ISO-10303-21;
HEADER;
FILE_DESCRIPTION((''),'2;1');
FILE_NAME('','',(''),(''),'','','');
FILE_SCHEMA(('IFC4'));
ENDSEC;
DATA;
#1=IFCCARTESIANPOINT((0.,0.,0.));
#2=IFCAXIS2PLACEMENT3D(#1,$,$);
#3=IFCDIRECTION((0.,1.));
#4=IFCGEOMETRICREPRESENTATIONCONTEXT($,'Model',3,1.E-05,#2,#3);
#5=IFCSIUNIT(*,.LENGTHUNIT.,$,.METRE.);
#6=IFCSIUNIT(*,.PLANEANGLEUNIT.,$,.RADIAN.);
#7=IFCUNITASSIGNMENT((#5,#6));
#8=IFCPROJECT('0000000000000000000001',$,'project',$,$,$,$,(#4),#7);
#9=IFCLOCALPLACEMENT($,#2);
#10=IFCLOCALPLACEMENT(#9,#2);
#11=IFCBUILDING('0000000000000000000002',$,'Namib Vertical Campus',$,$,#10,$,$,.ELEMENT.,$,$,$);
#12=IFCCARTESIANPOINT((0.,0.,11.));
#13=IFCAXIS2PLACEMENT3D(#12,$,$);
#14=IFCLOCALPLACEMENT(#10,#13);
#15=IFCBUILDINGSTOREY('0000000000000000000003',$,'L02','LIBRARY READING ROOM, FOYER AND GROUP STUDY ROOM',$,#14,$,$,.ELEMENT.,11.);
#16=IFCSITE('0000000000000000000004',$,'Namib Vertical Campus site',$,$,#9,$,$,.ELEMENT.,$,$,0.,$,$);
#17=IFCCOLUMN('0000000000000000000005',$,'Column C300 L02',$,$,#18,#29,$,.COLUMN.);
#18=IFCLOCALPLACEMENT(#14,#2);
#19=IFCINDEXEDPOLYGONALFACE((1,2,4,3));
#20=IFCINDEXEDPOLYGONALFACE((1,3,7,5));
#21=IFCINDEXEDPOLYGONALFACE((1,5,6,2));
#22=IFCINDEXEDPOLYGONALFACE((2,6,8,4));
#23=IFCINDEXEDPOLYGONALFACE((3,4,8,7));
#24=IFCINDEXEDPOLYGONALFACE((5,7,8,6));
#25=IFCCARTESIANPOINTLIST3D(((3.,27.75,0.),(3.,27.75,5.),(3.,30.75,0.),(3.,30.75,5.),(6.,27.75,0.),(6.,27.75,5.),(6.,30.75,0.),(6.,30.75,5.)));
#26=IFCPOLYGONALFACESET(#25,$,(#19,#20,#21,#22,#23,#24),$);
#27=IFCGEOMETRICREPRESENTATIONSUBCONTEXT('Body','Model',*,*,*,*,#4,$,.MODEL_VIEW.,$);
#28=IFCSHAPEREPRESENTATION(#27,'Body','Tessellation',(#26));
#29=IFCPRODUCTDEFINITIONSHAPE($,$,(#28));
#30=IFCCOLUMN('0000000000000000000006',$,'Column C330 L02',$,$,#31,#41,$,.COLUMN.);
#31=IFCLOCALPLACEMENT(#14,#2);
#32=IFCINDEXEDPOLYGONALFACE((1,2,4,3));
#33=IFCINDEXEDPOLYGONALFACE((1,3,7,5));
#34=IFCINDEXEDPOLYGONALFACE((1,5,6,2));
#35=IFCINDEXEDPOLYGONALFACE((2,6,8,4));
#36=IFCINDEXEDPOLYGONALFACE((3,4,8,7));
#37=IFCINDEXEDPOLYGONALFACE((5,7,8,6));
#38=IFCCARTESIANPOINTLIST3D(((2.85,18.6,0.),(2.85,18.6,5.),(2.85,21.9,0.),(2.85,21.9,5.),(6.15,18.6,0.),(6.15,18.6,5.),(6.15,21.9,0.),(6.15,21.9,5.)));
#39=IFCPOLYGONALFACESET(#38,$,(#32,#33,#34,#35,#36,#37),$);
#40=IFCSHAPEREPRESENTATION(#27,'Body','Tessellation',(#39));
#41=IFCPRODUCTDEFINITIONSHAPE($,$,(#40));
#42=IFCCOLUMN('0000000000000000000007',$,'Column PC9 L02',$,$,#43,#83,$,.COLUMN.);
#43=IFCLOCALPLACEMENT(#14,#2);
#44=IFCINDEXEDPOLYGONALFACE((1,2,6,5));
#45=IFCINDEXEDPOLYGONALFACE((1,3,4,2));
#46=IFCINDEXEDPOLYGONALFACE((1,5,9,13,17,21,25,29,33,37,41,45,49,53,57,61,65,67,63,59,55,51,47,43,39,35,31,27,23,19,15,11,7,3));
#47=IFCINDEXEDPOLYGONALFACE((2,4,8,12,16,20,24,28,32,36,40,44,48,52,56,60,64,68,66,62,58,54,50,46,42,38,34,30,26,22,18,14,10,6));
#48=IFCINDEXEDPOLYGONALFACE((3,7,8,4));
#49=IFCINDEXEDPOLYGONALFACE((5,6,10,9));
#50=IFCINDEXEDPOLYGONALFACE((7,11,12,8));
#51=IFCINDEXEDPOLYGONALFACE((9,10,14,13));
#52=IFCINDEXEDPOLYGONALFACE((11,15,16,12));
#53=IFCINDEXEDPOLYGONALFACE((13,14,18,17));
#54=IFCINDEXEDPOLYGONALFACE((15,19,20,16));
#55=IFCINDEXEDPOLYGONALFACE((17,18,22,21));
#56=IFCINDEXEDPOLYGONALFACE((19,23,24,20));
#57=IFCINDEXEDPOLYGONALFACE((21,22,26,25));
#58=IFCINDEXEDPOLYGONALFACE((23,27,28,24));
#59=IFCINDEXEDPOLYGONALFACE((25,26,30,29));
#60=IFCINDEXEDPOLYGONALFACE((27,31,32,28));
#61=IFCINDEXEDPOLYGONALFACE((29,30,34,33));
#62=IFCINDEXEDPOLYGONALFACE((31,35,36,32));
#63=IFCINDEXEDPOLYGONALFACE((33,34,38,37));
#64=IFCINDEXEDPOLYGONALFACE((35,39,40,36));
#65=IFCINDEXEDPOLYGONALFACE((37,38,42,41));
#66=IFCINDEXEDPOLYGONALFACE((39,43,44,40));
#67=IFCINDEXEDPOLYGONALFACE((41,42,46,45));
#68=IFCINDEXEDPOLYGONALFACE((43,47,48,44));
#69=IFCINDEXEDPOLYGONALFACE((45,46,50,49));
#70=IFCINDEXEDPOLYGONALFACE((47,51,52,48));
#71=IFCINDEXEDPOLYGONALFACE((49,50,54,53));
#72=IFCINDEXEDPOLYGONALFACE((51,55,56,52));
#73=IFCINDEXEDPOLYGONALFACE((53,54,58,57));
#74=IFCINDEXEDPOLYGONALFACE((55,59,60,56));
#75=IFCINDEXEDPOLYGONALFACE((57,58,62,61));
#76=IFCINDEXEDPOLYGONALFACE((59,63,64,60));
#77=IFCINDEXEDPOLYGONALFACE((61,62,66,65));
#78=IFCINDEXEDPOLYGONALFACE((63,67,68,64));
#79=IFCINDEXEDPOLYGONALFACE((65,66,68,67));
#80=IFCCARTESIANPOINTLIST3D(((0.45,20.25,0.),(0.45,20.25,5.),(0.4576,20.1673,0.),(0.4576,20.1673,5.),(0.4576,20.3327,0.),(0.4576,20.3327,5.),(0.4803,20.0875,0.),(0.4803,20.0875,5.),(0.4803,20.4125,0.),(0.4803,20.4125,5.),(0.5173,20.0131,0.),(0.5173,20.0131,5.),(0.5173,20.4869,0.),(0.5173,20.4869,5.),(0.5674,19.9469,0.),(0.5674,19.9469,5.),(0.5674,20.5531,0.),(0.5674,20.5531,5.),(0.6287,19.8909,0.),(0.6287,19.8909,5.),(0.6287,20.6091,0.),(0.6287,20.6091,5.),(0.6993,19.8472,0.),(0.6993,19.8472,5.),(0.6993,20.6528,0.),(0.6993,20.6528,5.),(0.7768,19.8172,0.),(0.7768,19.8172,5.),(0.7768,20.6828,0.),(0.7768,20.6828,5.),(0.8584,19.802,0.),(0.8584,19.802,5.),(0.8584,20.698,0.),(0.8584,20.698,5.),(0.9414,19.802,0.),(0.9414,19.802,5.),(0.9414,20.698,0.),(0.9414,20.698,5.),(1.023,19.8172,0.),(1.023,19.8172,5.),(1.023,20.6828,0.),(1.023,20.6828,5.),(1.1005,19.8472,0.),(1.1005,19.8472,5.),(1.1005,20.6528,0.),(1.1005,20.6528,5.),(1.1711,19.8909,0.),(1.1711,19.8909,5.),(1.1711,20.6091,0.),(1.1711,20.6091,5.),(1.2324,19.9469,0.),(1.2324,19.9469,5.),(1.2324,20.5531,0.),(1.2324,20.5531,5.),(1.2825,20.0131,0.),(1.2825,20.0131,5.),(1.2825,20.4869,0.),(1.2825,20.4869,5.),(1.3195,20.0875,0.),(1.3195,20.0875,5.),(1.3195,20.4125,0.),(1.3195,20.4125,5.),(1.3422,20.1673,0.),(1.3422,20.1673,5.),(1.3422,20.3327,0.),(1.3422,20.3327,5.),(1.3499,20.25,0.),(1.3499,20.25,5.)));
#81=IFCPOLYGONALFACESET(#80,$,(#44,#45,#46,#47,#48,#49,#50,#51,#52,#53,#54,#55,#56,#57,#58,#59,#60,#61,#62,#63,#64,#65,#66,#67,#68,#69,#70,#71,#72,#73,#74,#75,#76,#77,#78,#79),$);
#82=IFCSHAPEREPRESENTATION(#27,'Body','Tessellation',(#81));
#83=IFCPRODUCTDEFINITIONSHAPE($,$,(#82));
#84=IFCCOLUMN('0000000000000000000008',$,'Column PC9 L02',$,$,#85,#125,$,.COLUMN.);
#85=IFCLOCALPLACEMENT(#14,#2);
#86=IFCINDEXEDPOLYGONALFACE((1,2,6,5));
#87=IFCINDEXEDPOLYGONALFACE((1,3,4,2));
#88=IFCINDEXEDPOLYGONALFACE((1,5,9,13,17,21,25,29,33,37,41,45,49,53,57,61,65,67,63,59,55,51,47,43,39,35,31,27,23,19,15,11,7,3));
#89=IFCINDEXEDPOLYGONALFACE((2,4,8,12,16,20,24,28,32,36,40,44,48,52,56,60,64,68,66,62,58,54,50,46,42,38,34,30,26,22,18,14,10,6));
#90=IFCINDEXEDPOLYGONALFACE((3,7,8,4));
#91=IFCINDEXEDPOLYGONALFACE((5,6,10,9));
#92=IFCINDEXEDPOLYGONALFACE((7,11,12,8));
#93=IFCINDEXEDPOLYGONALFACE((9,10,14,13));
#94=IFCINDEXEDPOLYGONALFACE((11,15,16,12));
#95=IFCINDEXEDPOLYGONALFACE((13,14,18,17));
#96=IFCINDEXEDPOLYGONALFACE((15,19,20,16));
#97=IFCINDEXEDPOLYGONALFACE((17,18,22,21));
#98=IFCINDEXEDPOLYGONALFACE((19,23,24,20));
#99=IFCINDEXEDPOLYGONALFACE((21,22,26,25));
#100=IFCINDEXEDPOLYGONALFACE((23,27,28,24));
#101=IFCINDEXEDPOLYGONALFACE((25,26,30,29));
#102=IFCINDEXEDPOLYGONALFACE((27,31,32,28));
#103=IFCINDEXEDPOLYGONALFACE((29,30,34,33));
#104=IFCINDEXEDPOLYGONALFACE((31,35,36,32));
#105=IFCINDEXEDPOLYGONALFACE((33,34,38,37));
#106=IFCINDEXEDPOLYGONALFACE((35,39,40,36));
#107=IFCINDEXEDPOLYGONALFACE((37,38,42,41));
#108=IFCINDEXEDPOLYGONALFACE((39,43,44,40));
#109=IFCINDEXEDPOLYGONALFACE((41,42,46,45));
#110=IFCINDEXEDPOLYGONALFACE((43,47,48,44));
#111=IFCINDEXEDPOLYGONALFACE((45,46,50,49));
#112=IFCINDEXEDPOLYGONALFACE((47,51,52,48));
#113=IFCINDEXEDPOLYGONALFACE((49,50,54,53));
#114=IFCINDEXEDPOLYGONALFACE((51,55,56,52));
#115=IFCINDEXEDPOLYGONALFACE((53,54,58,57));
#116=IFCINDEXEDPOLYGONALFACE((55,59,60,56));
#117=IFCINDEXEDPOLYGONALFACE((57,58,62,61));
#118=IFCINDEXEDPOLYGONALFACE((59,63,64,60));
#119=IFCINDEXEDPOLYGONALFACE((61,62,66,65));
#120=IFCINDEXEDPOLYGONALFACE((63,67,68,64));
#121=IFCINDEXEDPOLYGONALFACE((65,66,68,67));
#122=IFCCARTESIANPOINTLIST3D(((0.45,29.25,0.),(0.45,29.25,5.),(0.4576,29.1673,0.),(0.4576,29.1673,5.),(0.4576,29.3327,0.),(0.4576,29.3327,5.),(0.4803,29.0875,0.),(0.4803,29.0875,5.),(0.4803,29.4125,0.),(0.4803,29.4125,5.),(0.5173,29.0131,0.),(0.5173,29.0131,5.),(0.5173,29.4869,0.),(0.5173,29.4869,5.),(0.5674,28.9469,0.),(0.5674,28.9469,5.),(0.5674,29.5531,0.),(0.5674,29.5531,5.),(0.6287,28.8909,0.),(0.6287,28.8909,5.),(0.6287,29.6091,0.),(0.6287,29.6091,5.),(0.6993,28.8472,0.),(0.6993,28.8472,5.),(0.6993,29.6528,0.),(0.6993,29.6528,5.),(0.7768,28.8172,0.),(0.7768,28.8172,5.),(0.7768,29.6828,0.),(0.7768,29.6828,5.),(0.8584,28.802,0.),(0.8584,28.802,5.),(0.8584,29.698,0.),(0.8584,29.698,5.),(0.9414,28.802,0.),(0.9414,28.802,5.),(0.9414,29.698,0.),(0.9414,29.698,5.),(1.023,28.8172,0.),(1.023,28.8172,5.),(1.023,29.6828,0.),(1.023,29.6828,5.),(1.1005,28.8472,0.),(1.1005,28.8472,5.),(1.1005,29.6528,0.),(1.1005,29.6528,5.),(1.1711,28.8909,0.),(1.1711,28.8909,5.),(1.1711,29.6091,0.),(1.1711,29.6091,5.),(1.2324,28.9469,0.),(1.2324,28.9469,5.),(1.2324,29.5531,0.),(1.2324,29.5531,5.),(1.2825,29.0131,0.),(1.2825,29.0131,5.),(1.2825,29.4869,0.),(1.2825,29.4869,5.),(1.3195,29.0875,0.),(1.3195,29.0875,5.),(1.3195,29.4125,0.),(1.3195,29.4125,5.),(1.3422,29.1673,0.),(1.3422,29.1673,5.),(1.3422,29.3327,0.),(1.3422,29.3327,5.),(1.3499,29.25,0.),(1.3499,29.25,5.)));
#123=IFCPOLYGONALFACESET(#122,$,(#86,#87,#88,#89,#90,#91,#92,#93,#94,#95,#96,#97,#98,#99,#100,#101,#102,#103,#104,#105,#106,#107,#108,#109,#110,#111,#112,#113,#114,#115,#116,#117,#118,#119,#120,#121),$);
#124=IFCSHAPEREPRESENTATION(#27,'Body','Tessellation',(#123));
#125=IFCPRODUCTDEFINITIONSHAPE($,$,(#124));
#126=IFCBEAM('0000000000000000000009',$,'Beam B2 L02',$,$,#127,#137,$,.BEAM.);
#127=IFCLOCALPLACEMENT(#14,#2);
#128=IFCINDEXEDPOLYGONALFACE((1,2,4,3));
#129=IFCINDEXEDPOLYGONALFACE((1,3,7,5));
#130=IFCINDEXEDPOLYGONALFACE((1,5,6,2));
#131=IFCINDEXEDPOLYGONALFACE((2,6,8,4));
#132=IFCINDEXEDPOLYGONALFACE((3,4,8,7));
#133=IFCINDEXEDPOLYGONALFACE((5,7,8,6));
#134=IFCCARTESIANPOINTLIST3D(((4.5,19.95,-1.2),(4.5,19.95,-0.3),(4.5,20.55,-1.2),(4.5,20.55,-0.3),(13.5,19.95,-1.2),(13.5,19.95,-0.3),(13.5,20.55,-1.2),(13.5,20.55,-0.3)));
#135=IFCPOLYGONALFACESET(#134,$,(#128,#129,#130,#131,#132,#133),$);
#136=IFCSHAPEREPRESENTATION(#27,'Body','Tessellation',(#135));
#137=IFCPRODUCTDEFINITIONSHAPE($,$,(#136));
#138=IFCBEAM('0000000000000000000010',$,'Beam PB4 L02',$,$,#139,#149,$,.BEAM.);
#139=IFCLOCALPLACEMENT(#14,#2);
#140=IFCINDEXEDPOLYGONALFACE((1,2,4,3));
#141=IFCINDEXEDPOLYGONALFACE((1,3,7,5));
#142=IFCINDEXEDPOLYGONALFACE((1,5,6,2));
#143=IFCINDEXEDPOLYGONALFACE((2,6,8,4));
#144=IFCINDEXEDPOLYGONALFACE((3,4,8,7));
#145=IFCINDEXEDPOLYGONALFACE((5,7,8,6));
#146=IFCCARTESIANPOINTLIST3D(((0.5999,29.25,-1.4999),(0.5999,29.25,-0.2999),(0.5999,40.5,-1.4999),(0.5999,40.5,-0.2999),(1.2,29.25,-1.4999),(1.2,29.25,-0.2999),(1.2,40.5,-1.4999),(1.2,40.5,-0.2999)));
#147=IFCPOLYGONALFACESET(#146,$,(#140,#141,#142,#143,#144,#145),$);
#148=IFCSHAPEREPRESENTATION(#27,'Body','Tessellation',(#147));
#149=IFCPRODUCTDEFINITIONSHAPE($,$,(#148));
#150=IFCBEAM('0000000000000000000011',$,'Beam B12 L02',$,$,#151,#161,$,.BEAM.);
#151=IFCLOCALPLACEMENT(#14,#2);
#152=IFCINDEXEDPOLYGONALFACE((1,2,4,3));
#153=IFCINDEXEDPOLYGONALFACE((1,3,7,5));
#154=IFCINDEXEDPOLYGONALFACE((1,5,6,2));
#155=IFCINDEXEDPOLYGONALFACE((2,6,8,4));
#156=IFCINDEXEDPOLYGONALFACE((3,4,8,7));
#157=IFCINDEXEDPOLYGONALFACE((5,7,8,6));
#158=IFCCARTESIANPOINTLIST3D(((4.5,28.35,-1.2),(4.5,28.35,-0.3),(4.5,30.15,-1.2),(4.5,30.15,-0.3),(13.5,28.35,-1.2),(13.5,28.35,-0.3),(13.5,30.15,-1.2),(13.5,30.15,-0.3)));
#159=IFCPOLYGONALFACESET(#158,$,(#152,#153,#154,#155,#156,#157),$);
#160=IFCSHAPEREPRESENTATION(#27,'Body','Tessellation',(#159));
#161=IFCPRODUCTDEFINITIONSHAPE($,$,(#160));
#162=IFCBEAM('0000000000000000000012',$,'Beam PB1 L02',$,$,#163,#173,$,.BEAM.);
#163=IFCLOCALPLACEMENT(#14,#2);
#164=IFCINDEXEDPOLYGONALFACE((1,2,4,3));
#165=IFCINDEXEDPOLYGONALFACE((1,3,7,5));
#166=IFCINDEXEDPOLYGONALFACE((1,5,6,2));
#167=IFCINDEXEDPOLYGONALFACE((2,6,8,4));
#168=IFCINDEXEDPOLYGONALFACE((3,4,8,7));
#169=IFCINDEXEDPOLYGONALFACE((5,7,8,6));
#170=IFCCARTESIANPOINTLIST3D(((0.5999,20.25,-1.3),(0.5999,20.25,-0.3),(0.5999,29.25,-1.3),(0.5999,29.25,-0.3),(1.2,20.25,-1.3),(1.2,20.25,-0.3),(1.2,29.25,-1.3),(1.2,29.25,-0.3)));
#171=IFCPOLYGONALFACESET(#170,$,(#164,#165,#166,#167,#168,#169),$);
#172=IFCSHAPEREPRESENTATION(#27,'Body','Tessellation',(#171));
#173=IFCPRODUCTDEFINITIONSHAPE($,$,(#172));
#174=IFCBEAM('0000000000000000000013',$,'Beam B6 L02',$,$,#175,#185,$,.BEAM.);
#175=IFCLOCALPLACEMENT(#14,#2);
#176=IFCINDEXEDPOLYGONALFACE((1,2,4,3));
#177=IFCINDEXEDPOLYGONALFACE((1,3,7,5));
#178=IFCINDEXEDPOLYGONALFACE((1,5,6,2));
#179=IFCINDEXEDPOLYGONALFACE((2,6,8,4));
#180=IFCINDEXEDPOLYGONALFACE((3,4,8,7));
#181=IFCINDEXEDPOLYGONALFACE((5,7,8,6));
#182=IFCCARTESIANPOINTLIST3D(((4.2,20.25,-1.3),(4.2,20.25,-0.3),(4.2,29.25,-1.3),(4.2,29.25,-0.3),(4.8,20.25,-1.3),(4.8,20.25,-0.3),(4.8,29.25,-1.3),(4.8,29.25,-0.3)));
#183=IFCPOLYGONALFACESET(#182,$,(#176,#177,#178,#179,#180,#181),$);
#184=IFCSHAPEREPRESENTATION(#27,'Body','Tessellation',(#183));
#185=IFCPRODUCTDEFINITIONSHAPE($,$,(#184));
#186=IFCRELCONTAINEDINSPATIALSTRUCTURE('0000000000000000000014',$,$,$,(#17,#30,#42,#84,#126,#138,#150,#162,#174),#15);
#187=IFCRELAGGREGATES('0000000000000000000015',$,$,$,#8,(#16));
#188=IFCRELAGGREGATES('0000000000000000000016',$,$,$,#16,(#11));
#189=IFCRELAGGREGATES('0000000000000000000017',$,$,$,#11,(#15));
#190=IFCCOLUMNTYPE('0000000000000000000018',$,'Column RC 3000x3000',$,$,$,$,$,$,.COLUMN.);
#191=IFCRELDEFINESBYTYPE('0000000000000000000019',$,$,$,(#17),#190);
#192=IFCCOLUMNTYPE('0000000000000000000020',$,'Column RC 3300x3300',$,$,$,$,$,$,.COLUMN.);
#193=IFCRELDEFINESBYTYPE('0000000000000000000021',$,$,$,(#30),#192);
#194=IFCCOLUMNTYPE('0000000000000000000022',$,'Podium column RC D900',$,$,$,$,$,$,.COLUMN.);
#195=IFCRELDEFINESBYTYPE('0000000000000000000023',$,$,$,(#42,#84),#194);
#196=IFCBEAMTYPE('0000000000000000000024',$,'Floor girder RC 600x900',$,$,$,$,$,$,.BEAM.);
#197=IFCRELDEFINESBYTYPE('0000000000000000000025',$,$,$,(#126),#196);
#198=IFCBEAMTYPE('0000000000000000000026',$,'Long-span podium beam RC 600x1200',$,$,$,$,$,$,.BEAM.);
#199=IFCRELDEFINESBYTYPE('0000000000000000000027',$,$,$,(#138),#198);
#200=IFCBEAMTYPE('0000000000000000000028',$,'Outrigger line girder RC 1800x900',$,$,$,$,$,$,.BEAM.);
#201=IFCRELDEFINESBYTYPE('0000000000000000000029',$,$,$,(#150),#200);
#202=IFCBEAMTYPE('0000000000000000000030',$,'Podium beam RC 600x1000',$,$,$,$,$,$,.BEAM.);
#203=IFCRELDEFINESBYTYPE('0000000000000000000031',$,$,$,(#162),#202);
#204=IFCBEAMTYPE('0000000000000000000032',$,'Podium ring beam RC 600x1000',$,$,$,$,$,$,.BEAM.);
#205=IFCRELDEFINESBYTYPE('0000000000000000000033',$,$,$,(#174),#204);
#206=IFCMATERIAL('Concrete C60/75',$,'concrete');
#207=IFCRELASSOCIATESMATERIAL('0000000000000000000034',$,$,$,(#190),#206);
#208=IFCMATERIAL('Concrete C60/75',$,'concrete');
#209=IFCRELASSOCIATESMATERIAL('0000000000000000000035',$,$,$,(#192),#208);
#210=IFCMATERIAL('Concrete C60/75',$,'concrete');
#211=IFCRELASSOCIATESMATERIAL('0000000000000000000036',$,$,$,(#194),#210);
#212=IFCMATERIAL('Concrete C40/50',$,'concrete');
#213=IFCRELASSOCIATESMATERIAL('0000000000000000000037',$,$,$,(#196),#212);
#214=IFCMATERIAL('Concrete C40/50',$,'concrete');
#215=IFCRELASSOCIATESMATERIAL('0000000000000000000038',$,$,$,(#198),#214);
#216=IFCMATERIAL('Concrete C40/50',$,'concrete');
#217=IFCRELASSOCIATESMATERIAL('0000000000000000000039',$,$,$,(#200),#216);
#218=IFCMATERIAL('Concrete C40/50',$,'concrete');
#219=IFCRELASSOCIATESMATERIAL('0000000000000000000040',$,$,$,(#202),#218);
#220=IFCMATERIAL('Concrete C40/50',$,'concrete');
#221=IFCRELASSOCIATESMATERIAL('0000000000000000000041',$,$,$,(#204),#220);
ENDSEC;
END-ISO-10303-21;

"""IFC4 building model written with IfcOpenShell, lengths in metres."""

from ifc_helpers import new_model, si_unit, direction, frame, origin, origin_2d, place, context, subcontext, project, spatial, rectangle, circle, extrude, material, material_profile, profile_set, type_object, element, save


model = new_model("IFC4")

# Units and contexts
model_context = context("Model", 3, precision=1e-05, world=origin(), true_north=direction((0.0, 1.0)))
body_context = subcontext(model_context, "Body", "Model", "MODEL_VIEW")
ifc_project = project(units=[si_unit("LENGTHUNIT", "METRE"), si_unit("PLANEANGLEUNIT", "RADIAN")], contexts=[model_context])

# Site, building, storey
site_placement = place(None, origin())
site = spatial("IfcSite", under=ifc_project, at=site_placement, Name="Namib Vertical Campus site", CompositionType="ELEMENT", RefElevation=0.0)
building_placement = place(site_placement, origin())
building = spatial("IfcBuilding", under=site, at=building_placement, Name="Namib Vertical Campus", CompositionType="ELEMENT")
storey_placement = place(building_placement, frame((0.0, 0.0, 11.0)))
storey = spatial("IfcBuildingStorey", under=building, at=storey_placement, Name="L02", Description="LIBRARY READING ROOM, FOYER AND GROUP STUDY ROOM", CompositionType="ELEMENT", Elevation=11.0)

# Columns
ifc_material_1 = material(Name="Concrete C60/75", Category="concrete")
ifc_material_profile_1 = material_profile(ifc_material_1, rectangle(XDim=3.0, YDim=3.0, at=origin_2d()))
ifc_profile_set_1 = profile_set([ifc_material_profile_1], Name="Concrete C60/75")
column_type_1 = type_object("IfcColumnType", Name="Column RC 3000x3000", PredefinedType="COLUMN", material=ifc_profile_set_1)
column_1_placement = place(storey_placement, frame((4.5, 29.25, 0.0), z_axis=(0.0, 0.0, 1.0), x_axis=(1.0, 0.0, 0.0)))
element("IfcColumn", 1, at=column_1_placement, inside=storey, type_object=column_type_1, Name="Column C300 L02", PredefinedType="COLUMN", context=body_context, shape_type="SweptSolid", body=[
    extrude(rectangle(XDim=3.0, YDim=3.0, at=origin_2d()), origin(), (0.0, 0.0, 1.0), 5.0),
])
ifc_material_2 = material(Name="Concrete C60/75", Category="concrete")
ifc_material_profile_2 = material_profile(ifc_material_2, rectangle(XDim=3.3, YDim=3.3, at=origin_2d()))
ifc_profile_set_2 = profile_set([ifc_material_profile_2], Name="Concrete C60/75")
column_type_2 = type_object("IfcColumnType", Name="Column RC 3300x3300", PredefinedType="COLUMN", material=ifc_profile_set_2)
column_2_placement = place(storey_placement, frame((4.5, 20.25, 0.0), z_axis=(0.0, 0.0, 1.0), x_axis=(1.0, 0.0, 0.0)))
element("IfcColumn", 2, at=column_2_placement, inside=storey, type_object=column_type_2, Name="Column C330 L02", PredefinedType="COLUMN", context=body_context, shape_type="SweptSolid", body=[
    extrude(rectangle(XDim=3.3, YDim=3.3, at=origin_2d()), origin(), (0.0, 0.0, 1.0), 5.0),
])
ifc_material_3 = material(Name="Concrete C60/75", Category="concrete")
ifc_material_profile_3 = material_profile(ifc_material_3, circle(Radius=0.45, at=origin_2d()))
ifc_profile_set_3 = profile_set([ifc_material_profile_3], Name="Concrete C60/75")
column_type_3 = type_object("IfcColumnType", Name="Podium column RC D900", PredefinedType="COLUMN", material=ifc_profile_set_3)
for number, where, z_axis, x_axis, name in (
    (3, (0.8999, 20.25, 0.0), (0.0, 0.0, 1.0), (1.0, 0.0, 0.0), "Column PC9 L02"),
    (4, (0.8999, 29.25, 0.0), (0.0, 0.0, 1.0), (1.0, 0.0, 0.0), "Column PC9 L02"),
):
    element("IfcColumn", number, at=place(storey_placement, frame(where, z_axis=z_axis, x_axis=x_axis)), inside=storey, type_object=column_type_3, Name=name, PredefinedType="COLUMN", context=body_context, shape_type="SweptSolid", body=[
        extrude(circle(Radius=0.45, at=origin_2d()), origin(), (0.0, 0.0, 1.0), 5.0),
    ])

# Beams
ifc_material_4 = material(Name="Concrete C40/50", Category="concrete")
ifc_material_profile_4 = material_profile(ifc_material_4, rectangle(XDim=0.6001, YDim=0.8999, at=origin_2d()))
ifc_profile_set_4 = profile_set([ifc_material_profile_4], Name="Concrete C40/50")
beam_type_1 = type_object("IfcBeamType", Name="Floor girder RC 600x900", PredefinedType="BEAM", material=ifc_profile_set_4)
beam_1_placement = place(storey_placement, frame((4.5, 20.25, -0.75), z_axis=(1.0, 0.0, 0.0), x_axis=(0.0, 1.0, 0.0)))
element("IfcBeam", 5, at=beam_1_placement, inside=storey, type_object=beam_type_1, Name="Beam B2 L02", PredefinedType="BEAM", context=body_context, shape_type="SweptSolid", body=[
    extrude(rectangle(XDim=0.6001, YDim=0.8999, at=origin_2d()), origin(), (0.0, 0.0, 1.0), 9.0),
])
ifc_material_5 = material(Name="Concrete C40/50", Category="concrete")
ifc_material_profile_5 = material_profile(ifc_material_5, rectangle(XDim=0.6001, YDim=1.2, at=origin_2d()))
ifc_profile_set_5 = profile_set([ifc_material_profile_5], Name="Concrete C40/50")
beam_type_2 = type_object("IfcBeamType", Name="Long-span podium beam RC 600x1200", PredefinedType="BEAM", material=ifc_profile_set_5)
beam_2_placement = place(storey_placement, frame((0.8999, 29.25, -0.8999), z_axis=(0.0, 1.0, 0.0), x_axis=(-1.0, 0.0, 0.0)))
element("IfcBeam", 6, at=beam_2_placement, inside=storey, type_object=beam_type_2, Name="Beam PB4 L02", PredefinedType="BEAM", context=body_context, shape_type="SweptSolid", body=[
    extrude(rectangle(XDim=0.6001, YDim=1.2, at=origin_2d()), origin(), (0.0, 0.0, 1.0), 11.25),
])
ifc_material_6 = material(Name="Concrete C40/50", Category="concrete")
ifc_material_profile_6 = material_profile(ifc_material_6, rectangle(XDim=1.8, YDim=0.8999, at=origin_2d()))
ifc_profile_set_6 = profile_set([ifc_material_profile_6], Name="Concrete C40/50")
beam_type_3 = type_object("IfcBeamType", Name="Outrigger line girder RC 1800x900", PredefinedType="BEAM", material=ifc_profile_set_6)
beam_3_placement = place(storey_placement, frame((4.5, 29.25, -0.75), z_axis=(1.0, 0.0, 0.0), x_axis=(0.0, 1.0, 0.0)))
element("IfcBeam", 7, at=beam_3_placement, inside=storey, type_object=beam_type_3, Name="Beam B12 L02", PredefinedType="BEAM", context=body_context, shape_type="SweptSolid", body=[
    extrude(rectangle(XDim=1.8, YDim=0.8999, at=origin_2d()), origin(), (0.0, 0.0, 1.0), 9.0),
])
ifc_material_7 = material(Name="Concrete C40/50", Category="concrete")
ifc_material_profile_7 = material_profile(ifc_material_7, rectangle(XDim=0.6001, YDim=1.0, at=origin_2d()))
ifc_profile_set_7 = profile_set([ifc_material_profile_7], Name="Concrete C40/50")
beam_type_4 = type_object("IfcBeamType", Name="Podium beam RC 600x1000", PredefinedType="BEAM", material=ifc_profile_set_7)
beam_4_placement = place(storey_placement, frame((0.8999, 20.25, -0.8), z_axis=(0.0, 1.0, 0.0), x_axis=(-1.0, 0.0, 0.0)))
element("IfcBeam", 8, at=beam_4_placement, inside=storey, type_object=beam_type_4, Name="Beam PB1 L02", PredefinedType="BEAM", context=body_context, shape_type="SweptSolid", body=[
    extrude(rectangle(XDim=0.6001, YDim=1.0, at=origin_2d()), origin(), (0.0, 0.0, 1.0), 9.0),
])
ifc_material_8 = material(Name="Concrete C40/50", Category="concrete")
ifc_material_profile_8 = material_profile(ifc_material_8, rectangle(XDim=0.6001, YDim=1.0, at=origin_2d()))
ifc_profile_set_8 = profile_set([ifc_material_profile_8], Name="Concrete C40/50")
beam_type_5 = type_object("IfcBeamType", Name="Podium ring beam RC 600x1000", PredefinedType="BEAM", material=ifc_profile_set_8)
beam_5_placement = place(storey_placement, frame((4.5, 20.25, -0.8), z_axis=(0.0, 1.0, 0.0), x_axis=(-1.0, 0.0, 0.0)))
element("IfcBeam", 9, at=beam_5_placement, inside=storey, type_object=beam_type_5, Name="Beam B6 L02", PredefinedType="BEAM", context=body_context, shape_type="SweptSolid", body=[
    extrude(rectangle(XDim=0.6001, YDim=1.0, at=origin_2d()), origin(), (0.0, 0.0, 1.0), 9.0),
])

save(model, "model.ifc")
